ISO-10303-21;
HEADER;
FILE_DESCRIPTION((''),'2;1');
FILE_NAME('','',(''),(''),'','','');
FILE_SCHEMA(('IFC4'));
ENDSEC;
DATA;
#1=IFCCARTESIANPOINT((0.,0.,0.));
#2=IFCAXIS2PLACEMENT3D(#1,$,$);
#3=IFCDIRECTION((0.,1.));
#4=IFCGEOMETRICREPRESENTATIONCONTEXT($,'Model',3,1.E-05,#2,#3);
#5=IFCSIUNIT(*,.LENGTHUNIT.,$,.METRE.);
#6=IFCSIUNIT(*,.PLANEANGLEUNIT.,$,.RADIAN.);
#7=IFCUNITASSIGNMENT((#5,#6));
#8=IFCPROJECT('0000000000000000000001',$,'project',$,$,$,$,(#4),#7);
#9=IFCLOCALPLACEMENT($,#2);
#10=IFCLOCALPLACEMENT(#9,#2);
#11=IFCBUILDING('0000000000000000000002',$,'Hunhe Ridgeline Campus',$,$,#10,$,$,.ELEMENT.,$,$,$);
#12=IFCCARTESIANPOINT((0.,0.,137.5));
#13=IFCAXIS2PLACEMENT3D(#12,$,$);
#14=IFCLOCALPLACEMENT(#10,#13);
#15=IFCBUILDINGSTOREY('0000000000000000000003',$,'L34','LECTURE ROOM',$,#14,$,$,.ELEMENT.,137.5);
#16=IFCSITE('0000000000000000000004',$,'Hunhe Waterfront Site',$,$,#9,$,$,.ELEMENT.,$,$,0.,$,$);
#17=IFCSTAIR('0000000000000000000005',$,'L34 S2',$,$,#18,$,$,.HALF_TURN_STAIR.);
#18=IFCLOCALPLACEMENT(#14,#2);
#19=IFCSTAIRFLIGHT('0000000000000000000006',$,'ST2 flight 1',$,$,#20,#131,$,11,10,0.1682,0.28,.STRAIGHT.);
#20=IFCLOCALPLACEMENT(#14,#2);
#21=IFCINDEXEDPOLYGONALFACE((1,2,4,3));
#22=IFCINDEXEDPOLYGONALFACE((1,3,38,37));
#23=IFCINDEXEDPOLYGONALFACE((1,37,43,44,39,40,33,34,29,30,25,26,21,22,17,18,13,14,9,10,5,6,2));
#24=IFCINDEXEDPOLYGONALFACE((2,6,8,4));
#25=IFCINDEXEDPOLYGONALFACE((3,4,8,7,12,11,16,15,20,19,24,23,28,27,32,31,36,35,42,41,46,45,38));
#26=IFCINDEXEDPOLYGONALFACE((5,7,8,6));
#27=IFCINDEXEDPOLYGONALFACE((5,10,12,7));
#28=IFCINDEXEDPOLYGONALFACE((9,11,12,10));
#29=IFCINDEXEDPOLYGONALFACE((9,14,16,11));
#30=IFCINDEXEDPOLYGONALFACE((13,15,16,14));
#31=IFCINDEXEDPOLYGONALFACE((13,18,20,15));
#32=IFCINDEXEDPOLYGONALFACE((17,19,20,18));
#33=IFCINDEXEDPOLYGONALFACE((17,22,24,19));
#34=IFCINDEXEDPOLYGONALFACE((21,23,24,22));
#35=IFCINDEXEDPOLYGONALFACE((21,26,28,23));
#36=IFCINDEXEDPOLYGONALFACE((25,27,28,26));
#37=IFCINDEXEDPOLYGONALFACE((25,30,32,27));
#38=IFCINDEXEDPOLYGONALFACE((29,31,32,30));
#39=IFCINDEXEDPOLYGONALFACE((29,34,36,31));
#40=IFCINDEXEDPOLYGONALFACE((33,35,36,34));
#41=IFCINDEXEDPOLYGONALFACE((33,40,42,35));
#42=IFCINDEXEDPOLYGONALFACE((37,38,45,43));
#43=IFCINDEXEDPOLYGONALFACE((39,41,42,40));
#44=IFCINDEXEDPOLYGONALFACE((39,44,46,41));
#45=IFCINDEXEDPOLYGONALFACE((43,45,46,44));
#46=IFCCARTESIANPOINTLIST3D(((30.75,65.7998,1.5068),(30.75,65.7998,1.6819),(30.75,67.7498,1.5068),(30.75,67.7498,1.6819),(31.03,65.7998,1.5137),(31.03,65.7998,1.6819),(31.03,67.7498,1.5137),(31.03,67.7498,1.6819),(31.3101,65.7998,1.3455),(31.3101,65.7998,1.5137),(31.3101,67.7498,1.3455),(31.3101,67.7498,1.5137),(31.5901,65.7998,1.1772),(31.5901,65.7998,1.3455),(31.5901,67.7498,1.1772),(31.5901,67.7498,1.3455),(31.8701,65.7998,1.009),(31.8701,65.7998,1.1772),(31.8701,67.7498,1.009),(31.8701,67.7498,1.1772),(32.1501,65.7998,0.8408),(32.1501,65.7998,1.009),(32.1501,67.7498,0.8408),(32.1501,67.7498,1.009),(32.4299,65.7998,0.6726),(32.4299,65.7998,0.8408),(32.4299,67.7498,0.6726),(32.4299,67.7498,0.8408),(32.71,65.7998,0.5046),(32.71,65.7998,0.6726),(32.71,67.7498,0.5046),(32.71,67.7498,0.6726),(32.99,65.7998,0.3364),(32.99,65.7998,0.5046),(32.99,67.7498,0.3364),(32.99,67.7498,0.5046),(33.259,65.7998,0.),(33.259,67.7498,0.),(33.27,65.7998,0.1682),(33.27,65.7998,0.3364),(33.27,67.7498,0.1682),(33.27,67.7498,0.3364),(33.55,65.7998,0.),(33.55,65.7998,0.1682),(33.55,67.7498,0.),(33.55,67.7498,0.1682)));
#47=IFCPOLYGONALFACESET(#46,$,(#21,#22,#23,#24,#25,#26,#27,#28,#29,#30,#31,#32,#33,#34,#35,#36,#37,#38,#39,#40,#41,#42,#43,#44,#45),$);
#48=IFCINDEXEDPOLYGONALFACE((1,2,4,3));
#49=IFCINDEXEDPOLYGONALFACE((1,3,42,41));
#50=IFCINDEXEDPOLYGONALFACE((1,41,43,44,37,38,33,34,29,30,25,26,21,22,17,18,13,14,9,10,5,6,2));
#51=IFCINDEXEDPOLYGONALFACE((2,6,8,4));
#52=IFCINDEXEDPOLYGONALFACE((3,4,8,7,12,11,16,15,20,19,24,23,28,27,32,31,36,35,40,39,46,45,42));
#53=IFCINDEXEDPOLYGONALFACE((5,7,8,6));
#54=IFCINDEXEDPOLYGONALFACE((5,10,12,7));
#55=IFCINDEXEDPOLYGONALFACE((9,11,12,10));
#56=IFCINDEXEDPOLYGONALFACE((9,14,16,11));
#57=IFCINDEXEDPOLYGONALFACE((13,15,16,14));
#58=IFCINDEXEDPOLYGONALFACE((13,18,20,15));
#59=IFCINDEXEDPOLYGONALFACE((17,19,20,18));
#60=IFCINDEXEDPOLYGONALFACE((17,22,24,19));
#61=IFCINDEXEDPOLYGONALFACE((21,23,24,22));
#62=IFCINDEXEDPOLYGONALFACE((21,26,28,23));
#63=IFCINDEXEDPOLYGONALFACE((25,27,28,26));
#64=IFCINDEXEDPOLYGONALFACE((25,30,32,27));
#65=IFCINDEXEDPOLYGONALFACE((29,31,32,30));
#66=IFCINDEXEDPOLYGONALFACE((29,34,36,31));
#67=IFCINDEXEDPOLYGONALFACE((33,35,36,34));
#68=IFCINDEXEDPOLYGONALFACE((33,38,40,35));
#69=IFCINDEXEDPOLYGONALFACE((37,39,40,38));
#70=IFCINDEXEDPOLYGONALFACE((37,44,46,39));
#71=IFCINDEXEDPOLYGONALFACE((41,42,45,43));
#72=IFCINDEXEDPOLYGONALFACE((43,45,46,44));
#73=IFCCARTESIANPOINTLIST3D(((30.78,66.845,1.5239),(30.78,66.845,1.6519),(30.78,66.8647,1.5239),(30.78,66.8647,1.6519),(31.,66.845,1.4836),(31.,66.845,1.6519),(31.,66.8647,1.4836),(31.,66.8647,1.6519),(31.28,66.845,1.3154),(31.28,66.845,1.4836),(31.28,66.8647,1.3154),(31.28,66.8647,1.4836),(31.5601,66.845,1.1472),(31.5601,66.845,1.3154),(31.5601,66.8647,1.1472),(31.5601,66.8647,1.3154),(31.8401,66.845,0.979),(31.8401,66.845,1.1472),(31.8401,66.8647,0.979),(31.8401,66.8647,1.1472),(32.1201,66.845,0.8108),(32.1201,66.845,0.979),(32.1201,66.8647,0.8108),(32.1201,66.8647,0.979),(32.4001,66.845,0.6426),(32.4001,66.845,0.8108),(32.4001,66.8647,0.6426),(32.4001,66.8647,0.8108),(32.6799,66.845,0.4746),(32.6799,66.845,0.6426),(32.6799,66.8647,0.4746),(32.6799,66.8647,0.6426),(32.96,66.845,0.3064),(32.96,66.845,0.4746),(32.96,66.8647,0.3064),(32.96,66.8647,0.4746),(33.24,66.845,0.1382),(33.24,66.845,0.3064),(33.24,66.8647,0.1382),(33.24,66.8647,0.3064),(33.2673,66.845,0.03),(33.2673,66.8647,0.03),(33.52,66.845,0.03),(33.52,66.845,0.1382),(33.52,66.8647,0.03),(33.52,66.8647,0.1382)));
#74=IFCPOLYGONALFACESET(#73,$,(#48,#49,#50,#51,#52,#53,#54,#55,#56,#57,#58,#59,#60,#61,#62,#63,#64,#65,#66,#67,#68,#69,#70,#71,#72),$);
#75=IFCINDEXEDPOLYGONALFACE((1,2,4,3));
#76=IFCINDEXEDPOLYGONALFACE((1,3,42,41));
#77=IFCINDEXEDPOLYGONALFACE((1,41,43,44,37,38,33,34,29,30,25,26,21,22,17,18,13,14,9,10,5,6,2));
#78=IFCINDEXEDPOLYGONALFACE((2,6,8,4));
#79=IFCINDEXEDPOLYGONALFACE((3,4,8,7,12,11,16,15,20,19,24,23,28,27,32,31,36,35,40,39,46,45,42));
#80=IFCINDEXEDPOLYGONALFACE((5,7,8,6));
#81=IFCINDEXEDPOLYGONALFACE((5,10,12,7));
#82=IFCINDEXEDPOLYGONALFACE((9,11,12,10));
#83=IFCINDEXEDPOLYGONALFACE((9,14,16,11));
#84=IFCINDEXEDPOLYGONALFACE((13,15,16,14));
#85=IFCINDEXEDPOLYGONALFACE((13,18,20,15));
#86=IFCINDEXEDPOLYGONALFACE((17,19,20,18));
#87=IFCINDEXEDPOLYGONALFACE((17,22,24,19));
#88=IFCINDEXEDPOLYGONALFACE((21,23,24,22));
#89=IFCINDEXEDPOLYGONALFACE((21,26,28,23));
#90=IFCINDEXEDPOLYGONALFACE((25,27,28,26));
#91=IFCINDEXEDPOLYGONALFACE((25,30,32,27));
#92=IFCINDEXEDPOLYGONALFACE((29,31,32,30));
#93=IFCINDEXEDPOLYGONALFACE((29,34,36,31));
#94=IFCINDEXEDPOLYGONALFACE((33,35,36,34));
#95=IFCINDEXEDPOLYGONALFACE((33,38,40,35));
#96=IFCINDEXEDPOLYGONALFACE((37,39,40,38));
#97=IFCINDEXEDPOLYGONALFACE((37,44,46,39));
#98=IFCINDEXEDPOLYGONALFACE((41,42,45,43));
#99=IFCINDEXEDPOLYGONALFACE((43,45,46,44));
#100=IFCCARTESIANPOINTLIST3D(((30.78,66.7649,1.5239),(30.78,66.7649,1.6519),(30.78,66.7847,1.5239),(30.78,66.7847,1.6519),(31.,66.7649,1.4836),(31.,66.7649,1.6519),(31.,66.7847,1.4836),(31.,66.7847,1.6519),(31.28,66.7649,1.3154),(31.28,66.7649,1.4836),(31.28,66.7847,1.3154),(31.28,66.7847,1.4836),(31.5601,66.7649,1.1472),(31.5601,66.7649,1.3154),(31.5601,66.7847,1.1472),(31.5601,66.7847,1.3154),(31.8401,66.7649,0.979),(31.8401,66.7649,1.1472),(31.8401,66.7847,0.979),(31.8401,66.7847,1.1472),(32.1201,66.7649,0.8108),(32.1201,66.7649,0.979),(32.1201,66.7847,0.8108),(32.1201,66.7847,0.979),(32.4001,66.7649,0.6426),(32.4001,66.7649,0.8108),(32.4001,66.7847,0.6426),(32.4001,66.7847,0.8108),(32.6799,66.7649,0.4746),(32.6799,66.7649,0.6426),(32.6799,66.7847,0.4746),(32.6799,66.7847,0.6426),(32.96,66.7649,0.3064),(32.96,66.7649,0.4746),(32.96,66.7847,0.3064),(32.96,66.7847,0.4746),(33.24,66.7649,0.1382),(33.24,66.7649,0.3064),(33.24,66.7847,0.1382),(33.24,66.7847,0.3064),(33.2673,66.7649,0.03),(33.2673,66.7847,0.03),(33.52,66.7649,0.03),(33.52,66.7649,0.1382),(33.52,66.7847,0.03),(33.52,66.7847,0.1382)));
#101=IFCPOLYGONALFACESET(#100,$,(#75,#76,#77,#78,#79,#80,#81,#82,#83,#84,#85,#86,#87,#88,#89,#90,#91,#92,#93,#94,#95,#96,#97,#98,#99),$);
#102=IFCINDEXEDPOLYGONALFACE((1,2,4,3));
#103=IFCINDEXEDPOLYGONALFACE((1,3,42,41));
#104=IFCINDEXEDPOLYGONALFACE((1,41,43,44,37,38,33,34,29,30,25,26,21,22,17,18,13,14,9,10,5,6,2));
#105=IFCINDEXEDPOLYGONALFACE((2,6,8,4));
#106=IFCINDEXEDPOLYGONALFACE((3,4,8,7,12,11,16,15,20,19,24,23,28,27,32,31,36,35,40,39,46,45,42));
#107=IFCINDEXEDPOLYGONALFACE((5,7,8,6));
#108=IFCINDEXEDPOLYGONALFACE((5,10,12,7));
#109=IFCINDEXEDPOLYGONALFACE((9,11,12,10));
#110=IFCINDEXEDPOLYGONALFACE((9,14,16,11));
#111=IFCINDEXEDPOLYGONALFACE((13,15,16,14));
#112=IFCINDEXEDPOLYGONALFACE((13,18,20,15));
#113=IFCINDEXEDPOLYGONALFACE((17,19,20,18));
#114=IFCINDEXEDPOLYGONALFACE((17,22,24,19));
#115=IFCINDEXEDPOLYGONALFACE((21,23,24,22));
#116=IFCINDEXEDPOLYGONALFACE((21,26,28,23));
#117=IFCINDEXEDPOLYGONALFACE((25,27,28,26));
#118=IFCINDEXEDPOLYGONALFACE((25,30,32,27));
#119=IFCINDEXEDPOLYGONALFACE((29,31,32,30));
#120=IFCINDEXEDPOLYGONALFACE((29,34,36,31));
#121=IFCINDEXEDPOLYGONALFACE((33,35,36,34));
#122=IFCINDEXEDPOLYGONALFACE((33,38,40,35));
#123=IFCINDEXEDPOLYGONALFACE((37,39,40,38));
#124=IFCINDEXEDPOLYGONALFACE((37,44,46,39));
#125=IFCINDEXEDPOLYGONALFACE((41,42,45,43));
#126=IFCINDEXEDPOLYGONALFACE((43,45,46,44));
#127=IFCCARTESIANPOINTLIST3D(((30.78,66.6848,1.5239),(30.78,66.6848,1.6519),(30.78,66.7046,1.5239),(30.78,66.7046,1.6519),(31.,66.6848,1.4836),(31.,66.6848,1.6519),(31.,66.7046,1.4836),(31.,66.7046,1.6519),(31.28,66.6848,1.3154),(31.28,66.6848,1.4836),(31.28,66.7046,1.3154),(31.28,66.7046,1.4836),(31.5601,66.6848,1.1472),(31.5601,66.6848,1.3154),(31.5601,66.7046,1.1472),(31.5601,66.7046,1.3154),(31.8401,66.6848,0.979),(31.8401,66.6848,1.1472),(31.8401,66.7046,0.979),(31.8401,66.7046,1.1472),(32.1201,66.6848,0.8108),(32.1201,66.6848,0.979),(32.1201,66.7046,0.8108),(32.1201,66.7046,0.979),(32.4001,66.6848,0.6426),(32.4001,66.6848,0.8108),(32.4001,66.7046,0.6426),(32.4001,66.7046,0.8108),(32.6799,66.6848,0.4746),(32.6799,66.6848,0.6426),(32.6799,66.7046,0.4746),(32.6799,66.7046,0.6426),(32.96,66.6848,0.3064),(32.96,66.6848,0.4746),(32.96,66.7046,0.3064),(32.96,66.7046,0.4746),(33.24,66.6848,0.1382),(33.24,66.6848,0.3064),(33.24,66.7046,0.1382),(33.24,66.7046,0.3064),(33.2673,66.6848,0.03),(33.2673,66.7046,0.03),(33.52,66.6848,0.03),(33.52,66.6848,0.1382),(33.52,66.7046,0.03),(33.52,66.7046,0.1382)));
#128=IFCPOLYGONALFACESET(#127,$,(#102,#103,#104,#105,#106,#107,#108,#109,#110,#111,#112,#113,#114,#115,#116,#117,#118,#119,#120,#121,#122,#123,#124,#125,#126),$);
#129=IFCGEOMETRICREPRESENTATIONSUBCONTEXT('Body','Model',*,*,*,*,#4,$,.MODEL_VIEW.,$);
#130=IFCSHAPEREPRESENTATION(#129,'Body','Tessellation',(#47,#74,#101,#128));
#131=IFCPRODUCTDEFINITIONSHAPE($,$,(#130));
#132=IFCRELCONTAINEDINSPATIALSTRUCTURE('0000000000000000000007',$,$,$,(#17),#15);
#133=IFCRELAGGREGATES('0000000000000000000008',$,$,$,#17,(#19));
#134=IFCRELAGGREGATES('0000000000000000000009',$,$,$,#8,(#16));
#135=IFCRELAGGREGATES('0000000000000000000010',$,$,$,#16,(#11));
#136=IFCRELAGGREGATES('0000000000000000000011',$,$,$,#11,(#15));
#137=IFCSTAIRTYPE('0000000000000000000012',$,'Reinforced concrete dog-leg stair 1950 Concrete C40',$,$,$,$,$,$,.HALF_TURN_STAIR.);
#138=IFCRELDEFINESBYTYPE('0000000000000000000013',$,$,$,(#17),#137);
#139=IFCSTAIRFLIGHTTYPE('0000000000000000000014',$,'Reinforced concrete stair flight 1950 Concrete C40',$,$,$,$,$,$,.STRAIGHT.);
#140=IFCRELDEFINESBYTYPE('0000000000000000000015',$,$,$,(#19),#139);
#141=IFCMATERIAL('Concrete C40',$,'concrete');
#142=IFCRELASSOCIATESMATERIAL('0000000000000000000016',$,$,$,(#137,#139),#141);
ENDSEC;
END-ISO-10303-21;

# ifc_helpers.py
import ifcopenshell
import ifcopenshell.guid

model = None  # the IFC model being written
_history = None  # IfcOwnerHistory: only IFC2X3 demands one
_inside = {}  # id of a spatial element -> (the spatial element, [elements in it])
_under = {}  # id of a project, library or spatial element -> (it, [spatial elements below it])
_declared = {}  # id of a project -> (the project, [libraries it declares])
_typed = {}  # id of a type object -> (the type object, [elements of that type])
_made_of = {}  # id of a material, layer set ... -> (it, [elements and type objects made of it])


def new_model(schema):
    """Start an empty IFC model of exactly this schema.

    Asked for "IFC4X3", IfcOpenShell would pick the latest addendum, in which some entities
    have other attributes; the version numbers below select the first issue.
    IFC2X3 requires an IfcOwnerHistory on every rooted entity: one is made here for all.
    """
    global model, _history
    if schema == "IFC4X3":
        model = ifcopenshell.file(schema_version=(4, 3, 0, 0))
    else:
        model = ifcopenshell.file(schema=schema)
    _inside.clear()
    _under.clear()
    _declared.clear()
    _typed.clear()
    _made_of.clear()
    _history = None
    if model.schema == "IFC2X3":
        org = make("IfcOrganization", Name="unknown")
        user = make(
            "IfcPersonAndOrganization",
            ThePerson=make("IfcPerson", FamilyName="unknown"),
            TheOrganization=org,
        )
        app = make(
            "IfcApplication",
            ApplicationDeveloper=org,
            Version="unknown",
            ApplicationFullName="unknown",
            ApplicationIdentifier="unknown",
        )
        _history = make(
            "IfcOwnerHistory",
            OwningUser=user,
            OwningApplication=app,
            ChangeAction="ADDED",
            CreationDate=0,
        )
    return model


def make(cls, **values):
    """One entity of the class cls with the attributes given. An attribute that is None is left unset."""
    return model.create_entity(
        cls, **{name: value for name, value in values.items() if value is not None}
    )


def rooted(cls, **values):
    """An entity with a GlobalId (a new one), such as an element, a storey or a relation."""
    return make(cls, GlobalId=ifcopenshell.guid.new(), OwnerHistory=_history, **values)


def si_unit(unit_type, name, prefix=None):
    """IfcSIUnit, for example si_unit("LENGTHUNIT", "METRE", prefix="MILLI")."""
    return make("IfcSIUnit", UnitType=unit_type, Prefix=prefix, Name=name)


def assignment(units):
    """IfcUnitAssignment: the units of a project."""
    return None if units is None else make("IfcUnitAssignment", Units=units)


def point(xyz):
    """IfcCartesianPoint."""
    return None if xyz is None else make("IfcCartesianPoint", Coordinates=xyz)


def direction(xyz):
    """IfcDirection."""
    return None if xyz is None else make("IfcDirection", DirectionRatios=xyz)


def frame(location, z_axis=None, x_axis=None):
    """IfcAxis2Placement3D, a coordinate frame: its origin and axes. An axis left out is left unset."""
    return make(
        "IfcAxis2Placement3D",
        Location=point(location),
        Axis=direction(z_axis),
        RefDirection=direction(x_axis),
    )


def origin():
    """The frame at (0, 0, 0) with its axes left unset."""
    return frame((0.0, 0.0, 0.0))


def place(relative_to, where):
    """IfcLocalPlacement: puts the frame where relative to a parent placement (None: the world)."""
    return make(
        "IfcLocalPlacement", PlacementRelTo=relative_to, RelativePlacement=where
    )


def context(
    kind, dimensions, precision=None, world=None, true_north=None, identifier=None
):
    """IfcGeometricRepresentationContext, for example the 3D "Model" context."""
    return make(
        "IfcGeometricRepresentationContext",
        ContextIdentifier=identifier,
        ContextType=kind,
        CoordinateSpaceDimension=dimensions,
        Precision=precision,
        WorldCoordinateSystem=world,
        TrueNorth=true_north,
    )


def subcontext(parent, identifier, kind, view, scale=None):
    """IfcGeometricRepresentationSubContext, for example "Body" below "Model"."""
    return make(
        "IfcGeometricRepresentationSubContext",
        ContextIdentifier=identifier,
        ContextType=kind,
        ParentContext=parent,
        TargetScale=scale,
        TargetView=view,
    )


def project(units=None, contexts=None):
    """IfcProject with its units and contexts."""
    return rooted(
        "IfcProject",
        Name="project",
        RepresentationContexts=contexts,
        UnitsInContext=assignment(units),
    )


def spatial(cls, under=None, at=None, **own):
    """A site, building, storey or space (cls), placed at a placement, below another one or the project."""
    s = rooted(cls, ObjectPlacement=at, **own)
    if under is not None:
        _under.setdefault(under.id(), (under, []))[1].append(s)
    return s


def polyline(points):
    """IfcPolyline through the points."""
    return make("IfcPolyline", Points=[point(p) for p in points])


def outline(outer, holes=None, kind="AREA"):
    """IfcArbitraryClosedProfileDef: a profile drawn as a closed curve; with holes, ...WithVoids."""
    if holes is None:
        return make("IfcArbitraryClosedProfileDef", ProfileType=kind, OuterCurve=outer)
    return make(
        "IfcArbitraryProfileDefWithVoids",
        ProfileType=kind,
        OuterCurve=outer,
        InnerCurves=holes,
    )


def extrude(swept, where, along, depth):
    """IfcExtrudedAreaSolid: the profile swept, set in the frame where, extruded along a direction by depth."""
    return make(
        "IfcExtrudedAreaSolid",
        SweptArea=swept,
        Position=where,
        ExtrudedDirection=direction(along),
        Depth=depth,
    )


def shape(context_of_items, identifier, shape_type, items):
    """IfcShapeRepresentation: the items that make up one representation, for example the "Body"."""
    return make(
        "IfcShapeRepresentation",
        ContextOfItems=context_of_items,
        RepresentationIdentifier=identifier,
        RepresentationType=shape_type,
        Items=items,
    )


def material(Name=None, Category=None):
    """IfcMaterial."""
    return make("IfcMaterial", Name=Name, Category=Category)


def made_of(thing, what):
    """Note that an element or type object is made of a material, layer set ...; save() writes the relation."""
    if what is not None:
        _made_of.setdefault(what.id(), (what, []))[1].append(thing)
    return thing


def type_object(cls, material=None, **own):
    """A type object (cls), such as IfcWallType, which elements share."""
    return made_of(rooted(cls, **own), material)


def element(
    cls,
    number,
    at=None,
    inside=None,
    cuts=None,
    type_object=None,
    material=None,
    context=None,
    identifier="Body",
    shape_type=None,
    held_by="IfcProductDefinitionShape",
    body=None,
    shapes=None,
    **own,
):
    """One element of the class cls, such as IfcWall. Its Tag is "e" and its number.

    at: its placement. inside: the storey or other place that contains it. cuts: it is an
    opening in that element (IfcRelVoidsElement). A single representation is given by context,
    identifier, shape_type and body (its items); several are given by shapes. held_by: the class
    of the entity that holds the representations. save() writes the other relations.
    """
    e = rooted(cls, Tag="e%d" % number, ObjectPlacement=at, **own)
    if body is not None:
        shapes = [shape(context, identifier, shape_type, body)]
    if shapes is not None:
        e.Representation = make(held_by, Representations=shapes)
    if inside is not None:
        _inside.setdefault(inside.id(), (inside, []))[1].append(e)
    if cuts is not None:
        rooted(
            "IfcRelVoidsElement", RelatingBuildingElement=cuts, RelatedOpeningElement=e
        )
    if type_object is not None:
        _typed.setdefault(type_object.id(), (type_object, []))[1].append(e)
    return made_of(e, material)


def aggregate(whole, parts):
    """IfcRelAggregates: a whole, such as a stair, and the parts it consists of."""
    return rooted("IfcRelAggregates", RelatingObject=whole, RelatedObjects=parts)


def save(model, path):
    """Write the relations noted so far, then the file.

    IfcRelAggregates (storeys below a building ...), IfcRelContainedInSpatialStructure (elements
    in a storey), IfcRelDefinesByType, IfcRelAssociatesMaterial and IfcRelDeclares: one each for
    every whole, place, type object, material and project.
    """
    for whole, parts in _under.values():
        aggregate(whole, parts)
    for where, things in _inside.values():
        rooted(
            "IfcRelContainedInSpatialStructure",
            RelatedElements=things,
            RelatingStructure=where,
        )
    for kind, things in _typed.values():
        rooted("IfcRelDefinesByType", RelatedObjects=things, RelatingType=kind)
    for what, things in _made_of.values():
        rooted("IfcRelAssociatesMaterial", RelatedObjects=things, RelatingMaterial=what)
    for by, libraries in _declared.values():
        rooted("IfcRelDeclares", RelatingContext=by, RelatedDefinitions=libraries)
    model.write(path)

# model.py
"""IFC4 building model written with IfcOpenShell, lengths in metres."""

from ifc_helpers import new_model, si_unit, direction, frame, origin, place, context, subcontext, project, spatial, polyline, outline, extrude, material, type_object, element, aggregate, save


model = new_model("IFC4")

# Units and contexts
model_context = context("Model", 3, precision=1e-05, world=origin(), true_north=direction((0.0, 1.0)))
body_context = subcontext(model_context, "Body", "Model", "MODEL_VIEW")
ifc_project = project(units=[si_unit("LENGTHUNIT", "METRE"), si_unit("PLANEANGLEUNIT", "RADIAN")], contexts=[model_context])

# Site, building, storey
site_placement = place(None, origin())
site = spatial("IfcSite", under=ifc_project, at=site_placement, Name="Hunhe Waterfront Site", CompositionType="ELEMENT", RefElevation=0.0)
building_placement = place(site_placement, origin())
building = spatial("IfcBuilding", under=site, at=building_placement, Name="Hunhe Ridgeline Campus", CompositionType="ELEMENT")
storey_placement = place(building_placement, frame((0.0, 0.0, 137.5)))
storey = spatial("IfcBuildingStorey", under=building, at=storey_placement, Name="L34", Description="LECTURE ROOM", CompositionType="ELEMENT", Elevation=137.5)

# Stair, stair flight
ifc_material_1 = material(Name="Concrete C40", Category="concrete")
stair_type = type_object("IfcStairType", Name="Reinforced concrete dog-leg stair 1950 Concrete C40", PredefinedType="HALF_TURN_STAIR", material=ifc_material_1)
stair_placement = place(storey_placement, origin())
stair = element("IfcStair", 1, at=stair_placement, inside=storey, type_object=stair_type, Name="L34 S2", PredefinedType="HALF_TURN_STAIR")
stair_flight_type = type_object("IfcStairFlightType", Name="Reinforced concrete stair flight 1950 Concrete C40", PredefinedType="STRAIGHT", material=ifc_material_1)
stair_flight_1_placement = place(storey_placement, frame((33.55, 66.7749, 0.0), z_axis=(0.0, 0.0, 1.0), x_axis=(-1.0, 0.0, 0.0)))
stair_flight_1 = element("IfcStairFlight", 2, at=stair_flight_1_placement, type_object=stair_flight_type, Name="ST2 flight 1", NumberOfRisers=11, NumberOfTreads=10, PredefinedType="STRAIGHT", RiserHeight=0.1682, TreadLength=0.28, context=body_context, shape_type="SweptSolid", body=[
    extrude(outline(polyline([(0.0, 0.0), (0.0, 0.1682), (0.28, 0.1682), (0.28, 0.3364), (0.5601, 0.3364), (0.5601, 0.5046), (0.8401, 0.5046), (0.8401, 0.6726), (1.1201, 0.6726), (1.1201, 0.8408), (1.3999, 0.8408), (1.3999, 1.009), (1.6799, 1.009), (1.6799, 1.1772), (1.96, 1.1772), (1.96, 1.3455), (2.24, 1.3455), (2.24, 1.5137), (2.52, 1.5137), (2.52, 1.6819), (2.8, 1.6819), (2.8, 1.8501), (2.8, 1.5068), (0.291, 0.0), (0.0, 0.0)])), frame((0.0, 0.9751, 0.0), z_axis=(0.0, -1.0, 0.0), x_axis=(1.0, 0.0, 0.0)), (0.0, 0.0, 1.0), 1.95),
    extrude(outline(polyline([(0.03, 0.03), (0.03, 0.1382), (0.3101, 0.1382), (0.3101, 0.3064), (0.5901, 0.3064), (0.5901, 0.4746), (0.8701, 0.4746), (0.8701, 0.6426), (1.1499, 0.6426), (1.1499, 0.8108), (1.4299, 0.8108), (1.4299, 0.979), (1.71, 0.979), (1.71, 1.1472), (1.99, 1.1472), (1.99, 1.3154), (2.27, 1.3154), (2.27, 1.4836), (2.55, 1.4836), (2.55, 1.6519), (2.77, 1.6519), (2.77, 1.5239), (0.2827, 0.03), (0.03, 0.03)])), frame((0.0, -0.0701, 0.0), z_axis=(0.0, -1.0, 0.0), x_axis=(1.0, 0.0, 0.0)), (0.0, 0.0, 1.0), 0.0198),
    extrude(outline(polyline([(0.03, 0.03), (0.03, 0.1382), (0.3101, 0.1382), (0.3101, 0.3064), (0.5901, 0.3064), (0.5901, 0.4746), (0.8701, 0.4746), (0.8701, 0.6426), (1.1499, 0.6426), (1.1499, 0.8108), (1.4299, 0.8108), (1.4299, 0.979), (1.71, 0.979), (1.71, 1.1472), (1.99, 1.1472), (1.99, 1.3154), (2.27, 1.3154), (2.27, 1.4836), (2.55, 1.4836), (2.55, 1.6519), (2.77, 1.6519), (2.77, 1.5239), (0.2827, 0.03), (0.03, 0.03)])), frame((0.0, 0.01, 0.0), z_axis=(0.0, -1.0, 0.0), x_axis=(1.0, 0.0, 0.0)), (0.0, 0.0, 1.0), 0.0198),
    extrude(outline(polyline([(0.03, 0.03), (0.03, 0.1382), (0.3101, 0.1382), (0.3101, 0.3064), (0.5901, 0.3064), (0.5901, 0.4746), (0.8701, 0.4746), (0.8701, 0.6426), (1.1499, 0.6426), (1.1499, 0.8108), (1.4299, 0.8108), (1.4299, 0.979), (1.71, 0.979), (1.71, 1.1472), (1.99, 1.1472), (1.99, 1.3154), (2.27, 1.3154), (2.27, 1.4836), (2.55, 1.4836), (2.55, 1.6519), (2.77, 1.6519), (2.77, 1.5239), (0.2827, 0.03), (0.03, 0.03)])), frame((0.0, 0.0901, 0.0), z_axis=(0.0, -1.0, 0.0), x_axis=(1.0, 0.0, 0.0)), (0.0, 0.0, 1.0), 0.0198),
])
aggregate(stair, [stair_flight_1])

save(model, "model.ifc")
